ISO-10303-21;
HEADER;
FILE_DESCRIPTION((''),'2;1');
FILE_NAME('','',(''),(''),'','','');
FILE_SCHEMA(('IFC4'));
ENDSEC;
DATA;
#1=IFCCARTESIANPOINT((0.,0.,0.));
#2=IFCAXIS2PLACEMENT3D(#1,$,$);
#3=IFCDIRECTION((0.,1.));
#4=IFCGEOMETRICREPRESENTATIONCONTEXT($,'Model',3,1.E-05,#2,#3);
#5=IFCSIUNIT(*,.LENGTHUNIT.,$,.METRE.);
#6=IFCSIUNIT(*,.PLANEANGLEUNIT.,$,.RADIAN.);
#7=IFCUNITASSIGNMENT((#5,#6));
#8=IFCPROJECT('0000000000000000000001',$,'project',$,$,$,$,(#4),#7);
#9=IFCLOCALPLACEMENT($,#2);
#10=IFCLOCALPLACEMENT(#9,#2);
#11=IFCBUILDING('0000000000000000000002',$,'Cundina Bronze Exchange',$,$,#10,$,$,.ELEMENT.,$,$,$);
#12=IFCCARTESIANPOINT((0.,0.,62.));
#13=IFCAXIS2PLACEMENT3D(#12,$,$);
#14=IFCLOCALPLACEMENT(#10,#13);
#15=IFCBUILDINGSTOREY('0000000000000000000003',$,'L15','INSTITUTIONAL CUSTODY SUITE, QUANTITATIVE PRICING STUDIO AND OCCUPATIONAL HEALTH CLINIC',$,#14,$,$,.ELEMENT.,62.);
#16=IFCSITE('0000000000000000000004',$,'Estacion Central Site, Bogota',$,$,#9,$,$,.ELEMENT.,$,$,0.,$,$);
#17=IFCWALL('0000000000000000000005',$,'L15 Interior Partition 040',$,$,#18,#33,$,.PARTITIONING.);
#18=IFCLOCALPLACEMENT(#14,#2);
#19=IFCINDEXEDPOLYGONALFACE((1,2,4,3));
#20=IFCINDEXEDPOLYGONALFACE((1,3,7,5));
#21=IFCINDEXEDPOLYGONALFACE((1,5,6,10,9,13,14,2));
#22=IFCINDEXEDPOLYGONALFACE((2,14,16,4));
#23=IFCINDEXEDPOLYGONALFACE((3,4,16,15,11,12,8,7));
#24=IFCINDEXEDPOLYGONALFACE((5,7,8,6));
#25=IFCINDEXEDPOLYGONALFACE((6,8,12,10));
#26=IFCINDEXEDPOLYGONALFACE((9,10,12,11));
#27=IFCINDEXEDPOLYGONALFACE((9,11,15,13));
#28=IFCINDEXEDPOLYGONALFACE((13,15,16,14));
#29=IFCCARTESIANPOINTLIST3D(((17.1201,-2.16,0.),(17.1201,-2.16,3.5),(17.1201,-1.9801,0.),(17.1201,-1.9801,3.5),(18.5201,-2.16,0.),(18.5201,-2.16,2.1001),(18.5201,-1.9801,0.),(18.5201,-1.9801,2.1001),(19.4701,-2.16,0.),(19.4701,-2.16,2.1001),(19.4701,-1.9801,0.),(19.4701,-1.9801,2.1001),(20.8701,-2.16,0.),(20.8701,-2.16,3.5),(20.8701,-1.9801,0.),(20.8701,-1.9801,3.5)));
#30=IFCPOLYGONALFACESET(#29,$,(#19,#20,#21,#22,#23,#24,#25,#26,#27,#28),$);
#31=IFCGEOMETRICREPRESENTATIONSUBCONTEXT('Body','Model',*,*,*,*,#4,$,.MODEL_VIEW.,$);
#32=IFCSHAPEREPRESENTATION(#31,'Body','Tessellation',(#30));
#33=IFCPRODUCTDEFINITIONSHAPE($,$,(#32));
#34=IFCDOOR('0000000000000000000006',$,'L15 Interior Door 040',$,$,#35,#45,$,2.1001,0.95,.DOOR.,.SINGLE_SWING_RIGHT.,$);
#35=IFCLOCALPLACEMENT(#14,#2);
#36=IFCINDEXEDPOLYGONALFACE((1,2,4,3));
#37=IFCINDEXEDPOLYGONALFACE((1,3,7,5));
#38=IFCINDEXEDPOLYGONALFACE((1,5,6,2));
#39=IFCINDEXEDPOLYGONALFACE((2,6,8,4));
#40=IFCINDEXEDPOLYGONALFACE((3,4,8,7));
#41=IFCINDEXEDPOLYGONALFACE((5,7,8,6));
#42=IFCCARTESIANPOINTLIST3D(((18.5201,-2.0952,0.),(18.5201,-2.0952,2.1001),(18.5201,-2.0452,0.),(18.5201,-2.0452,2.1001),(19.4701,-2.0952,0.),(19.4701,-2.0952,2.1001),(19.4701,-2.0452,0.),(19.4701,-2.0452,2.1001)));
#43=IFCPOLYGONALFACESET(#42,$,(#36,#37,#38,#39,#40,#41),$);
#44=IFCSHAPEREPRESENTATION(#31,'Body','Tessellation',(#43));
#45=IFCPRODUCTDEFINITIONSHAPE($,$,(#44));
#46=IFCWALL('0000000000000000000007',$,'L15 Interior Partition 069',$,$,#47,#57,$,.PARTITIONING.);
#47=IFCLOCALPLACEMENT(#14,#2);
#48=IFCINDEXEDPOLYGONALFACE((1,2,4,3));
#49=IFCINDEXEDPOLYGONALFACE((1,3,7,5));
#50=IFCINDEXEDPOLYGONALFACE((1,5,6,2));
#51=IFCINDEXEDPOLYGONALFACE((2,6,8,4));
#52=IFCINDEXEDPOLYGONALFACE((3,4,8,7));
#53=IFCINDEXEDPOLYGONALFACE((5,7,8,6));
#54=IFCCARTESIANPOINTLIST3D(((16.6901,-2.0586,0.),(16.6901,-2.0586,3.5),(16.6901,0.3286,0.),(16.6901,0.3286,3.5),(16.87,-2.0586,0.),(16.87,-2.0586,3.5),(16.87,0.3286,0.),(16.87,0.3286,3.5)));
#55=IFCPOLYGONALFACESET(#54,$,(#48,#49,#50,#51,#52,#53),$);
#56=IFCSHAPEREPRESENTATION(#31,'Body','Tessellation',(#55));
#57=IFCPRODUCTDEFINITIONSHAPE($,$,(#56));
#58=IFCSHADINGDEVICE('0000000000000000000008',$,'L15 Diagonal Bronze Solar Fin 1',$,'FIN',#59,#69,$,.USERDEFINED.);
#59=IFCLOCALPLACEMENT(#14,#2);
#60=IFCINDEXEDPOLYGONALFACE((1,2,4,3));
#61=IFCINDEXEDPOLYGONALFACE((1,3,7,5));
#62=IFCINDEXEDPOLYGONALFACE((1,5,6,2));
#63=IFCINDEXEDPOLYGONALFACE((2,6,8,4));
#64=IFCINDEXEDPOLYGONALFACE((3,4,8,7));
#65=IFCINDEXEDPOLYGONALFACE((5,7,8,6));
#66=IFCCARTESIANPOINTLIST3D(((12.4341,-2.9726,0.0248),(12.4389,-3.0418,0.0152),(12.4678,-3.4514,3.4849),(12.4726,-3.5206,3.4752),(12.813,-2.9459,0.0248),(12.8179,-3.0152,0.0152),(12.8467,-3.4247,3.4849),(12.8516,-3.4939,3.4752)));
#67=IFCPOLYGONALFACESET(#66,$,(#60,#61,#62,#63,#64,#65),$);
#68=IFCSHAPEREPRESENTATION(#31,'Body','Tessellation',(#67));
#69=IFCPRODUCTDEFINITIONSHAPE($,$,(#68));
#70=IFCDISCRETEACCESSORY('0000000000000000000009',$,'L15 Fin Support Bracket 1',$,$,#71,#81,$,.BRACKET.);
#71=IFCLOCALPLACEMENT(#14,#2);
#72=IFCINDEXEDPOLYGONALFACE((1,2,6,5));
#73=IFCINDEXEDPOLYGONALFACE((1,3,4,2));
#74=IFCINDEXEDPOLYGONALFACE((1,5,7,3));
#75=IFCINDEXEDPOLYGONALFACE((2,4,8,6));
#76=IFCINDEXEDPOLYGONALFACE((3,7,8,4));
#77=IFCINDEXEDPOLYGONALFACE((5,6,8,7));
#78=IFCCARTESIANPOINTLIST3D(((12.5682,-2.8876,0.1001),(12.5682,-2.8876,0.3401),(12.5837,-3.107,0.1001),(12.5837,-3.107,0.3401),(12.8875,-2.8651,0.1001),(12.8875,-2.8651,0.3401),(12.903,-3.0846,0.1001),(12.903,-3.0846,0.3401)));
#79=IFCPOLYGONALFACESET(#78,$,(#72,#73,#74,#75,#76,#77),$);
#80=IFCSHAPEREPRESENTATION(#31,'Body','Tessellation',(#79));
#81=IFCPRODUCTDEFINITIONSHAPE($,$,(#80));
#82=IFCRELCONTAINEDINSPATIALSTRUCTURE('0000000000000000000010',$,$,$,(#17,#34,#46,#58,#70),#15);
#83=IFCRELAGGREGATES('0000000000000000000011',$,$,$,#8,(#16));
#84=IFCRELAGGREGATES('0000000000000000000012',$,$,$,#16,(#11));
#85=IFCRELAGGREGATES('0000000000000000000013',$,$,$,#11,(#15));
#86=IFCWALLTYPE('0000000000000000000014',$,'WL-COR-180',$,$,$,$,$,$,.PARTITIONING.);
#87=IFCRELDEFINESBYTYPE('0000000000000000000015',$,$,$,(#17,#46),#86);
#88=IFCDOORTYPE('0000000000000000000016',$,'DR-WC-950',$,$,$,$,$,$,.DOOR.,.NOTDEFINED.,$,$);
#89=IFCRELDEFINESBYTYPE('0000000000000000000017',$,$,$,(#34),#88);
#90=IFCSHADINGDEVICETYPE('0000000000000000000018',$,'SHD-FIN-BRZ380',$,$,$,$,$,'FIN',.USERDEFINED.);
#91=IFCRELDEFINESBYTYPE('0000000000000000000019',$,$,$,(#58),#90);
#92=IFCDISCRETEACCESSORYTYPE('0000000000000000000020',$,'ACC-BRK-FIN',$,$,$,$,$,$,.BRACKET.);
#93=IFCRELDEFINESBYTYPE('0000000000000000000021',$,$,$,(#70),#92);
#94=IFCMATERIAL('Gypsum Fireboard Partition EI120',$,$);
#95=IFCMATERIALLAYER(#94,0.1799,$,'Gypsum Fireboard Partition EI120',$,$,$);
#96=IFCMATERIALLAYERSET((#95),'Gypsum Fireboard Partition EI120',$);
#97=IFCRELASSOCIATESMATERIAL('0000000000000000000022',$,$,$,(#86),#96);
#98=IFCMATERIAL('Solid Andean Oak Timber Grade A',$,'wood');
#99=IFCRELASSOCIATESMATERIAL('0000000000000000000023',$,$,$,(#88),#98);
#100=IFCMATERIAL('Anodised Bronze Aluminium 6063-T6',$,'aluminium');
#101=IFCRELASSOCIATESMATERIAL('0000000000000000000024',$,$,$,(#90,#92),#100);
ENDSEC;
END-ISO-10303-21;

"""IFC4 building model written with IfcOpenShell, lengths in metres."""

from ifc_helpers import new_model, si_unit, direction, frame, frame_2d, origin, origin_2d, place, context, subcontext, project, spatial, rectangle, extrude, material, layer, layer_set, material_profile, profile_set, type_object, element, fill, save


model = new_model("IFC4")

# Units and contexts
model_context = context("Model", 3, precision=1e-05, world=origin(), true_north=direction((0.0, 1.0)))
body_context = subcontext(model_context, "Body", "Model", "MODEL_VIEW")
ifc_project = project(units=[si_unit("LENGTHUNIT", "METRE"), si_unit("PLANEANGLEUNIT", "RADIAN")], contexts=[model_context])

# Site, building, storey
site_placement = place(None, origin())
site = spatial("IfcSite", under=ifc_project, at=site_placement, Name="Estacion Central Site, Bogota", CompositionType="ELEMENT", RefElevation=0.0)
building_placement = place(site_placement, origin())
building = spatial("IfcBuilding", under=site, at=building_placement, Name="Cundina Bronze Exchange", CompositionType="ELEMENT")
storey_placement = place(building_placement, frame((0.0, 0.0, 62.0)))
storey = spatial("IfcBuildingStorey", under=building, at=storey_placement, Name="L15", Description="INSTITUTIONAL CUSTODY SUITE, QUANTITATIVE PRICING STUDIO AND OCCUPATIONAL HEALTH CLINIC", CompositionType="ELEMENT", Elevation=62.0)

# Shared definitions
ifc_material_1 = material(Name="Anodised Bronze Aluminium 6063-T6", Category="aluminium")

# Wall, opening, door
ifc_material_2 = material(Name="Gypsum Fireboard Partition EI120")
ifc_layer_1 = layer(ifc_material_2, 0.1799, Name="Gypsum Fireboard Partition EI120")
ifc_layer_set_1 = layer_set([ifc_layer_1], Name="Gypsum Fireboard Partition EI120")
wall_type = type_object("IfcWallType", Name="WL-COR-180", PredefinedType="PARTITIONING", material=ifc_layer_set_1)
wall_1_placement = place(storey_placement, frame((17.1201, -2.0701, 0.0), z_axis=(0.0, 0.0, 1.0), x_axis=(1.0, 0.0, 0.0)))
wall_1 = element("IfcWall", 1, at=wall_1_placement, inside=storey, type_object=wall_type, Name="L15 Interior Partition 040", PredefinedType="PARTITIONING", context=body_context, shape_type="SweptSolid", body=[
    extrude(rectangle(XDim=3.75, YDim=0.1799, at=frame_2d((1.875, 0.0))), origin(), (0.0, 0.0, 1.0), 3.5),
])
opening_placement = place(wall_1_placement, frame((1.3999, 0.0, 0.0)))
opening = element("IfcOpeningElement", 2, at=opening_placement, cuts=wall_1, PredefinedType="OPENING", context=body_context, shape_type="SweptSolid", body=[
    extrude(rectangle(XDim=0.95, YDim=2.1001, at=frame_2d((0.4751, 1.05))), frame((0.0, 0.0999, 0.0), z_axis=(0.0, -1.0, 0.0), x_axis=(1.0, 0.0, 0.0)), (0.0, 0.0, 1.0), 0.2),
])
ifc_material_3 = material(Name="Solid Andean Oak Timber Grade A", Category="wood")
door_type = type_object("IfcDoorType", Name="DR-WC-950", OperationType="NOTDEFINED", PredefinedType="DOOR", material=ifc_material_3)
door_placement = place(opening_placement, origin())
door = element("IfcDoor", 3, at=door_placement, inside=storey, type_object=door_type, Name="L15 Interior Door 040", OperationType="SINGLE_SWING_RIGHT", OverallHeight=2.1001, OverallWidth=0.95, PredefinedType="DOOR", context=body_context, shape_type="SweptSolid", body=[
    extrude(rectangle(XDim=0.95, YDim=2.1001, at=frame_2d((0.4751, 1.05))), frame((0.0, 0.0249, 0.0), z_axis=(0.0, -1.0, 0.0), x_axis=(1.0, 0.0, 0.0)), (0.0, 0.0, 1.0), 0.05),
])
fill(opening, door)

# Wall
wall_2_placement = place(storey_placement, frame((16.78, 0.3286, 0.0), z_axis=(0.0, 0.0, 1.0), x_axis=(0.0, -1.0, 0.0)))
element("IfcWall", 4, at=wall_2_placement, inside=storey, type_object=wall_type, Name="L15 Interior Partition 069", PredefinedType="PARTITIONING", context=body_context, shape_type="SweptSolid", body=[
    extrude(rectangle(XDim=2.3872, YDim=0.1799, at=frame_2d((1.1936, 0.0))), origin(), (0.0, 0.0, 1.0), 3.5),
])

# Shading device
ifc_material_profile_1 = material_profile(ifc_material_1, rectangle(XDim=0.0701, YDim=0.3799, at=origin_2d()), Name="FIN70X380", Category="aluminium")
ifc_profile_set_1 = profile_set([ifc_material_profile_1], Name="Anodised Bronze Aluminium 6063-T6")
shading_device_type = type_object("IfcShadingDeviceType", Name="SHD-FIN-BRZ380", ElementType="FIN", PredefinedType="USERDEFINED", material=ifc_profile_set_1)
shading_device_placement = place(storey_placement, frame((12.626, -2.9939, 0.02), z_axis=(0.009645, -0.137059, 0.990516), x_axis=(-0.069533, 0.988072, 0.137398)))
element("IfcShadingDevice", 5, at=shading_device_placement, inside=storey, type_object=shading_device_type, Name="L15 Diagonal Bronze Solar Fin 1", ObjectType="FIN", PredefinedType="USERDEFINED", context=body_context, shape_type="SweptSolid", body=[
    extrude(rectangle(XDim=0.0701, YDim=0.3799, at=origin_2d()), origin(), (0.0, 0.0, 1.0), 3.4932),
])

# Discrete accessory
discrete_accessory_type = type_object("IfcDiscreteAccessoryType", Name="ACC-BRK-FIN", PredefinedType="BRACKET", material=ifc_material_1)
discrete_accessory_placement = place(storey_placement, frame((12.7356, -2.9861, 0.1001), z_axis=(0.0, 0.0, 1.0), x_axis=(0.070279, -0.997527, 0.0)))
element("IfcDiscreteAccessory", 6, at=discrete_accessory_placement, inside=storey, type_object=discrete_accessory_type, Name="L15 Fin Support Bracket 1", PredefinedType="BRACKET", context=body_context, shape_type="SweptSolid", body=[
    extrude(rectangle(XDim=0.22, YDim=0.3201, at=origin_2d()), origin(), (0.0, 0.0, 1.0), 0.24),
])

save(model, "model.ifc")
